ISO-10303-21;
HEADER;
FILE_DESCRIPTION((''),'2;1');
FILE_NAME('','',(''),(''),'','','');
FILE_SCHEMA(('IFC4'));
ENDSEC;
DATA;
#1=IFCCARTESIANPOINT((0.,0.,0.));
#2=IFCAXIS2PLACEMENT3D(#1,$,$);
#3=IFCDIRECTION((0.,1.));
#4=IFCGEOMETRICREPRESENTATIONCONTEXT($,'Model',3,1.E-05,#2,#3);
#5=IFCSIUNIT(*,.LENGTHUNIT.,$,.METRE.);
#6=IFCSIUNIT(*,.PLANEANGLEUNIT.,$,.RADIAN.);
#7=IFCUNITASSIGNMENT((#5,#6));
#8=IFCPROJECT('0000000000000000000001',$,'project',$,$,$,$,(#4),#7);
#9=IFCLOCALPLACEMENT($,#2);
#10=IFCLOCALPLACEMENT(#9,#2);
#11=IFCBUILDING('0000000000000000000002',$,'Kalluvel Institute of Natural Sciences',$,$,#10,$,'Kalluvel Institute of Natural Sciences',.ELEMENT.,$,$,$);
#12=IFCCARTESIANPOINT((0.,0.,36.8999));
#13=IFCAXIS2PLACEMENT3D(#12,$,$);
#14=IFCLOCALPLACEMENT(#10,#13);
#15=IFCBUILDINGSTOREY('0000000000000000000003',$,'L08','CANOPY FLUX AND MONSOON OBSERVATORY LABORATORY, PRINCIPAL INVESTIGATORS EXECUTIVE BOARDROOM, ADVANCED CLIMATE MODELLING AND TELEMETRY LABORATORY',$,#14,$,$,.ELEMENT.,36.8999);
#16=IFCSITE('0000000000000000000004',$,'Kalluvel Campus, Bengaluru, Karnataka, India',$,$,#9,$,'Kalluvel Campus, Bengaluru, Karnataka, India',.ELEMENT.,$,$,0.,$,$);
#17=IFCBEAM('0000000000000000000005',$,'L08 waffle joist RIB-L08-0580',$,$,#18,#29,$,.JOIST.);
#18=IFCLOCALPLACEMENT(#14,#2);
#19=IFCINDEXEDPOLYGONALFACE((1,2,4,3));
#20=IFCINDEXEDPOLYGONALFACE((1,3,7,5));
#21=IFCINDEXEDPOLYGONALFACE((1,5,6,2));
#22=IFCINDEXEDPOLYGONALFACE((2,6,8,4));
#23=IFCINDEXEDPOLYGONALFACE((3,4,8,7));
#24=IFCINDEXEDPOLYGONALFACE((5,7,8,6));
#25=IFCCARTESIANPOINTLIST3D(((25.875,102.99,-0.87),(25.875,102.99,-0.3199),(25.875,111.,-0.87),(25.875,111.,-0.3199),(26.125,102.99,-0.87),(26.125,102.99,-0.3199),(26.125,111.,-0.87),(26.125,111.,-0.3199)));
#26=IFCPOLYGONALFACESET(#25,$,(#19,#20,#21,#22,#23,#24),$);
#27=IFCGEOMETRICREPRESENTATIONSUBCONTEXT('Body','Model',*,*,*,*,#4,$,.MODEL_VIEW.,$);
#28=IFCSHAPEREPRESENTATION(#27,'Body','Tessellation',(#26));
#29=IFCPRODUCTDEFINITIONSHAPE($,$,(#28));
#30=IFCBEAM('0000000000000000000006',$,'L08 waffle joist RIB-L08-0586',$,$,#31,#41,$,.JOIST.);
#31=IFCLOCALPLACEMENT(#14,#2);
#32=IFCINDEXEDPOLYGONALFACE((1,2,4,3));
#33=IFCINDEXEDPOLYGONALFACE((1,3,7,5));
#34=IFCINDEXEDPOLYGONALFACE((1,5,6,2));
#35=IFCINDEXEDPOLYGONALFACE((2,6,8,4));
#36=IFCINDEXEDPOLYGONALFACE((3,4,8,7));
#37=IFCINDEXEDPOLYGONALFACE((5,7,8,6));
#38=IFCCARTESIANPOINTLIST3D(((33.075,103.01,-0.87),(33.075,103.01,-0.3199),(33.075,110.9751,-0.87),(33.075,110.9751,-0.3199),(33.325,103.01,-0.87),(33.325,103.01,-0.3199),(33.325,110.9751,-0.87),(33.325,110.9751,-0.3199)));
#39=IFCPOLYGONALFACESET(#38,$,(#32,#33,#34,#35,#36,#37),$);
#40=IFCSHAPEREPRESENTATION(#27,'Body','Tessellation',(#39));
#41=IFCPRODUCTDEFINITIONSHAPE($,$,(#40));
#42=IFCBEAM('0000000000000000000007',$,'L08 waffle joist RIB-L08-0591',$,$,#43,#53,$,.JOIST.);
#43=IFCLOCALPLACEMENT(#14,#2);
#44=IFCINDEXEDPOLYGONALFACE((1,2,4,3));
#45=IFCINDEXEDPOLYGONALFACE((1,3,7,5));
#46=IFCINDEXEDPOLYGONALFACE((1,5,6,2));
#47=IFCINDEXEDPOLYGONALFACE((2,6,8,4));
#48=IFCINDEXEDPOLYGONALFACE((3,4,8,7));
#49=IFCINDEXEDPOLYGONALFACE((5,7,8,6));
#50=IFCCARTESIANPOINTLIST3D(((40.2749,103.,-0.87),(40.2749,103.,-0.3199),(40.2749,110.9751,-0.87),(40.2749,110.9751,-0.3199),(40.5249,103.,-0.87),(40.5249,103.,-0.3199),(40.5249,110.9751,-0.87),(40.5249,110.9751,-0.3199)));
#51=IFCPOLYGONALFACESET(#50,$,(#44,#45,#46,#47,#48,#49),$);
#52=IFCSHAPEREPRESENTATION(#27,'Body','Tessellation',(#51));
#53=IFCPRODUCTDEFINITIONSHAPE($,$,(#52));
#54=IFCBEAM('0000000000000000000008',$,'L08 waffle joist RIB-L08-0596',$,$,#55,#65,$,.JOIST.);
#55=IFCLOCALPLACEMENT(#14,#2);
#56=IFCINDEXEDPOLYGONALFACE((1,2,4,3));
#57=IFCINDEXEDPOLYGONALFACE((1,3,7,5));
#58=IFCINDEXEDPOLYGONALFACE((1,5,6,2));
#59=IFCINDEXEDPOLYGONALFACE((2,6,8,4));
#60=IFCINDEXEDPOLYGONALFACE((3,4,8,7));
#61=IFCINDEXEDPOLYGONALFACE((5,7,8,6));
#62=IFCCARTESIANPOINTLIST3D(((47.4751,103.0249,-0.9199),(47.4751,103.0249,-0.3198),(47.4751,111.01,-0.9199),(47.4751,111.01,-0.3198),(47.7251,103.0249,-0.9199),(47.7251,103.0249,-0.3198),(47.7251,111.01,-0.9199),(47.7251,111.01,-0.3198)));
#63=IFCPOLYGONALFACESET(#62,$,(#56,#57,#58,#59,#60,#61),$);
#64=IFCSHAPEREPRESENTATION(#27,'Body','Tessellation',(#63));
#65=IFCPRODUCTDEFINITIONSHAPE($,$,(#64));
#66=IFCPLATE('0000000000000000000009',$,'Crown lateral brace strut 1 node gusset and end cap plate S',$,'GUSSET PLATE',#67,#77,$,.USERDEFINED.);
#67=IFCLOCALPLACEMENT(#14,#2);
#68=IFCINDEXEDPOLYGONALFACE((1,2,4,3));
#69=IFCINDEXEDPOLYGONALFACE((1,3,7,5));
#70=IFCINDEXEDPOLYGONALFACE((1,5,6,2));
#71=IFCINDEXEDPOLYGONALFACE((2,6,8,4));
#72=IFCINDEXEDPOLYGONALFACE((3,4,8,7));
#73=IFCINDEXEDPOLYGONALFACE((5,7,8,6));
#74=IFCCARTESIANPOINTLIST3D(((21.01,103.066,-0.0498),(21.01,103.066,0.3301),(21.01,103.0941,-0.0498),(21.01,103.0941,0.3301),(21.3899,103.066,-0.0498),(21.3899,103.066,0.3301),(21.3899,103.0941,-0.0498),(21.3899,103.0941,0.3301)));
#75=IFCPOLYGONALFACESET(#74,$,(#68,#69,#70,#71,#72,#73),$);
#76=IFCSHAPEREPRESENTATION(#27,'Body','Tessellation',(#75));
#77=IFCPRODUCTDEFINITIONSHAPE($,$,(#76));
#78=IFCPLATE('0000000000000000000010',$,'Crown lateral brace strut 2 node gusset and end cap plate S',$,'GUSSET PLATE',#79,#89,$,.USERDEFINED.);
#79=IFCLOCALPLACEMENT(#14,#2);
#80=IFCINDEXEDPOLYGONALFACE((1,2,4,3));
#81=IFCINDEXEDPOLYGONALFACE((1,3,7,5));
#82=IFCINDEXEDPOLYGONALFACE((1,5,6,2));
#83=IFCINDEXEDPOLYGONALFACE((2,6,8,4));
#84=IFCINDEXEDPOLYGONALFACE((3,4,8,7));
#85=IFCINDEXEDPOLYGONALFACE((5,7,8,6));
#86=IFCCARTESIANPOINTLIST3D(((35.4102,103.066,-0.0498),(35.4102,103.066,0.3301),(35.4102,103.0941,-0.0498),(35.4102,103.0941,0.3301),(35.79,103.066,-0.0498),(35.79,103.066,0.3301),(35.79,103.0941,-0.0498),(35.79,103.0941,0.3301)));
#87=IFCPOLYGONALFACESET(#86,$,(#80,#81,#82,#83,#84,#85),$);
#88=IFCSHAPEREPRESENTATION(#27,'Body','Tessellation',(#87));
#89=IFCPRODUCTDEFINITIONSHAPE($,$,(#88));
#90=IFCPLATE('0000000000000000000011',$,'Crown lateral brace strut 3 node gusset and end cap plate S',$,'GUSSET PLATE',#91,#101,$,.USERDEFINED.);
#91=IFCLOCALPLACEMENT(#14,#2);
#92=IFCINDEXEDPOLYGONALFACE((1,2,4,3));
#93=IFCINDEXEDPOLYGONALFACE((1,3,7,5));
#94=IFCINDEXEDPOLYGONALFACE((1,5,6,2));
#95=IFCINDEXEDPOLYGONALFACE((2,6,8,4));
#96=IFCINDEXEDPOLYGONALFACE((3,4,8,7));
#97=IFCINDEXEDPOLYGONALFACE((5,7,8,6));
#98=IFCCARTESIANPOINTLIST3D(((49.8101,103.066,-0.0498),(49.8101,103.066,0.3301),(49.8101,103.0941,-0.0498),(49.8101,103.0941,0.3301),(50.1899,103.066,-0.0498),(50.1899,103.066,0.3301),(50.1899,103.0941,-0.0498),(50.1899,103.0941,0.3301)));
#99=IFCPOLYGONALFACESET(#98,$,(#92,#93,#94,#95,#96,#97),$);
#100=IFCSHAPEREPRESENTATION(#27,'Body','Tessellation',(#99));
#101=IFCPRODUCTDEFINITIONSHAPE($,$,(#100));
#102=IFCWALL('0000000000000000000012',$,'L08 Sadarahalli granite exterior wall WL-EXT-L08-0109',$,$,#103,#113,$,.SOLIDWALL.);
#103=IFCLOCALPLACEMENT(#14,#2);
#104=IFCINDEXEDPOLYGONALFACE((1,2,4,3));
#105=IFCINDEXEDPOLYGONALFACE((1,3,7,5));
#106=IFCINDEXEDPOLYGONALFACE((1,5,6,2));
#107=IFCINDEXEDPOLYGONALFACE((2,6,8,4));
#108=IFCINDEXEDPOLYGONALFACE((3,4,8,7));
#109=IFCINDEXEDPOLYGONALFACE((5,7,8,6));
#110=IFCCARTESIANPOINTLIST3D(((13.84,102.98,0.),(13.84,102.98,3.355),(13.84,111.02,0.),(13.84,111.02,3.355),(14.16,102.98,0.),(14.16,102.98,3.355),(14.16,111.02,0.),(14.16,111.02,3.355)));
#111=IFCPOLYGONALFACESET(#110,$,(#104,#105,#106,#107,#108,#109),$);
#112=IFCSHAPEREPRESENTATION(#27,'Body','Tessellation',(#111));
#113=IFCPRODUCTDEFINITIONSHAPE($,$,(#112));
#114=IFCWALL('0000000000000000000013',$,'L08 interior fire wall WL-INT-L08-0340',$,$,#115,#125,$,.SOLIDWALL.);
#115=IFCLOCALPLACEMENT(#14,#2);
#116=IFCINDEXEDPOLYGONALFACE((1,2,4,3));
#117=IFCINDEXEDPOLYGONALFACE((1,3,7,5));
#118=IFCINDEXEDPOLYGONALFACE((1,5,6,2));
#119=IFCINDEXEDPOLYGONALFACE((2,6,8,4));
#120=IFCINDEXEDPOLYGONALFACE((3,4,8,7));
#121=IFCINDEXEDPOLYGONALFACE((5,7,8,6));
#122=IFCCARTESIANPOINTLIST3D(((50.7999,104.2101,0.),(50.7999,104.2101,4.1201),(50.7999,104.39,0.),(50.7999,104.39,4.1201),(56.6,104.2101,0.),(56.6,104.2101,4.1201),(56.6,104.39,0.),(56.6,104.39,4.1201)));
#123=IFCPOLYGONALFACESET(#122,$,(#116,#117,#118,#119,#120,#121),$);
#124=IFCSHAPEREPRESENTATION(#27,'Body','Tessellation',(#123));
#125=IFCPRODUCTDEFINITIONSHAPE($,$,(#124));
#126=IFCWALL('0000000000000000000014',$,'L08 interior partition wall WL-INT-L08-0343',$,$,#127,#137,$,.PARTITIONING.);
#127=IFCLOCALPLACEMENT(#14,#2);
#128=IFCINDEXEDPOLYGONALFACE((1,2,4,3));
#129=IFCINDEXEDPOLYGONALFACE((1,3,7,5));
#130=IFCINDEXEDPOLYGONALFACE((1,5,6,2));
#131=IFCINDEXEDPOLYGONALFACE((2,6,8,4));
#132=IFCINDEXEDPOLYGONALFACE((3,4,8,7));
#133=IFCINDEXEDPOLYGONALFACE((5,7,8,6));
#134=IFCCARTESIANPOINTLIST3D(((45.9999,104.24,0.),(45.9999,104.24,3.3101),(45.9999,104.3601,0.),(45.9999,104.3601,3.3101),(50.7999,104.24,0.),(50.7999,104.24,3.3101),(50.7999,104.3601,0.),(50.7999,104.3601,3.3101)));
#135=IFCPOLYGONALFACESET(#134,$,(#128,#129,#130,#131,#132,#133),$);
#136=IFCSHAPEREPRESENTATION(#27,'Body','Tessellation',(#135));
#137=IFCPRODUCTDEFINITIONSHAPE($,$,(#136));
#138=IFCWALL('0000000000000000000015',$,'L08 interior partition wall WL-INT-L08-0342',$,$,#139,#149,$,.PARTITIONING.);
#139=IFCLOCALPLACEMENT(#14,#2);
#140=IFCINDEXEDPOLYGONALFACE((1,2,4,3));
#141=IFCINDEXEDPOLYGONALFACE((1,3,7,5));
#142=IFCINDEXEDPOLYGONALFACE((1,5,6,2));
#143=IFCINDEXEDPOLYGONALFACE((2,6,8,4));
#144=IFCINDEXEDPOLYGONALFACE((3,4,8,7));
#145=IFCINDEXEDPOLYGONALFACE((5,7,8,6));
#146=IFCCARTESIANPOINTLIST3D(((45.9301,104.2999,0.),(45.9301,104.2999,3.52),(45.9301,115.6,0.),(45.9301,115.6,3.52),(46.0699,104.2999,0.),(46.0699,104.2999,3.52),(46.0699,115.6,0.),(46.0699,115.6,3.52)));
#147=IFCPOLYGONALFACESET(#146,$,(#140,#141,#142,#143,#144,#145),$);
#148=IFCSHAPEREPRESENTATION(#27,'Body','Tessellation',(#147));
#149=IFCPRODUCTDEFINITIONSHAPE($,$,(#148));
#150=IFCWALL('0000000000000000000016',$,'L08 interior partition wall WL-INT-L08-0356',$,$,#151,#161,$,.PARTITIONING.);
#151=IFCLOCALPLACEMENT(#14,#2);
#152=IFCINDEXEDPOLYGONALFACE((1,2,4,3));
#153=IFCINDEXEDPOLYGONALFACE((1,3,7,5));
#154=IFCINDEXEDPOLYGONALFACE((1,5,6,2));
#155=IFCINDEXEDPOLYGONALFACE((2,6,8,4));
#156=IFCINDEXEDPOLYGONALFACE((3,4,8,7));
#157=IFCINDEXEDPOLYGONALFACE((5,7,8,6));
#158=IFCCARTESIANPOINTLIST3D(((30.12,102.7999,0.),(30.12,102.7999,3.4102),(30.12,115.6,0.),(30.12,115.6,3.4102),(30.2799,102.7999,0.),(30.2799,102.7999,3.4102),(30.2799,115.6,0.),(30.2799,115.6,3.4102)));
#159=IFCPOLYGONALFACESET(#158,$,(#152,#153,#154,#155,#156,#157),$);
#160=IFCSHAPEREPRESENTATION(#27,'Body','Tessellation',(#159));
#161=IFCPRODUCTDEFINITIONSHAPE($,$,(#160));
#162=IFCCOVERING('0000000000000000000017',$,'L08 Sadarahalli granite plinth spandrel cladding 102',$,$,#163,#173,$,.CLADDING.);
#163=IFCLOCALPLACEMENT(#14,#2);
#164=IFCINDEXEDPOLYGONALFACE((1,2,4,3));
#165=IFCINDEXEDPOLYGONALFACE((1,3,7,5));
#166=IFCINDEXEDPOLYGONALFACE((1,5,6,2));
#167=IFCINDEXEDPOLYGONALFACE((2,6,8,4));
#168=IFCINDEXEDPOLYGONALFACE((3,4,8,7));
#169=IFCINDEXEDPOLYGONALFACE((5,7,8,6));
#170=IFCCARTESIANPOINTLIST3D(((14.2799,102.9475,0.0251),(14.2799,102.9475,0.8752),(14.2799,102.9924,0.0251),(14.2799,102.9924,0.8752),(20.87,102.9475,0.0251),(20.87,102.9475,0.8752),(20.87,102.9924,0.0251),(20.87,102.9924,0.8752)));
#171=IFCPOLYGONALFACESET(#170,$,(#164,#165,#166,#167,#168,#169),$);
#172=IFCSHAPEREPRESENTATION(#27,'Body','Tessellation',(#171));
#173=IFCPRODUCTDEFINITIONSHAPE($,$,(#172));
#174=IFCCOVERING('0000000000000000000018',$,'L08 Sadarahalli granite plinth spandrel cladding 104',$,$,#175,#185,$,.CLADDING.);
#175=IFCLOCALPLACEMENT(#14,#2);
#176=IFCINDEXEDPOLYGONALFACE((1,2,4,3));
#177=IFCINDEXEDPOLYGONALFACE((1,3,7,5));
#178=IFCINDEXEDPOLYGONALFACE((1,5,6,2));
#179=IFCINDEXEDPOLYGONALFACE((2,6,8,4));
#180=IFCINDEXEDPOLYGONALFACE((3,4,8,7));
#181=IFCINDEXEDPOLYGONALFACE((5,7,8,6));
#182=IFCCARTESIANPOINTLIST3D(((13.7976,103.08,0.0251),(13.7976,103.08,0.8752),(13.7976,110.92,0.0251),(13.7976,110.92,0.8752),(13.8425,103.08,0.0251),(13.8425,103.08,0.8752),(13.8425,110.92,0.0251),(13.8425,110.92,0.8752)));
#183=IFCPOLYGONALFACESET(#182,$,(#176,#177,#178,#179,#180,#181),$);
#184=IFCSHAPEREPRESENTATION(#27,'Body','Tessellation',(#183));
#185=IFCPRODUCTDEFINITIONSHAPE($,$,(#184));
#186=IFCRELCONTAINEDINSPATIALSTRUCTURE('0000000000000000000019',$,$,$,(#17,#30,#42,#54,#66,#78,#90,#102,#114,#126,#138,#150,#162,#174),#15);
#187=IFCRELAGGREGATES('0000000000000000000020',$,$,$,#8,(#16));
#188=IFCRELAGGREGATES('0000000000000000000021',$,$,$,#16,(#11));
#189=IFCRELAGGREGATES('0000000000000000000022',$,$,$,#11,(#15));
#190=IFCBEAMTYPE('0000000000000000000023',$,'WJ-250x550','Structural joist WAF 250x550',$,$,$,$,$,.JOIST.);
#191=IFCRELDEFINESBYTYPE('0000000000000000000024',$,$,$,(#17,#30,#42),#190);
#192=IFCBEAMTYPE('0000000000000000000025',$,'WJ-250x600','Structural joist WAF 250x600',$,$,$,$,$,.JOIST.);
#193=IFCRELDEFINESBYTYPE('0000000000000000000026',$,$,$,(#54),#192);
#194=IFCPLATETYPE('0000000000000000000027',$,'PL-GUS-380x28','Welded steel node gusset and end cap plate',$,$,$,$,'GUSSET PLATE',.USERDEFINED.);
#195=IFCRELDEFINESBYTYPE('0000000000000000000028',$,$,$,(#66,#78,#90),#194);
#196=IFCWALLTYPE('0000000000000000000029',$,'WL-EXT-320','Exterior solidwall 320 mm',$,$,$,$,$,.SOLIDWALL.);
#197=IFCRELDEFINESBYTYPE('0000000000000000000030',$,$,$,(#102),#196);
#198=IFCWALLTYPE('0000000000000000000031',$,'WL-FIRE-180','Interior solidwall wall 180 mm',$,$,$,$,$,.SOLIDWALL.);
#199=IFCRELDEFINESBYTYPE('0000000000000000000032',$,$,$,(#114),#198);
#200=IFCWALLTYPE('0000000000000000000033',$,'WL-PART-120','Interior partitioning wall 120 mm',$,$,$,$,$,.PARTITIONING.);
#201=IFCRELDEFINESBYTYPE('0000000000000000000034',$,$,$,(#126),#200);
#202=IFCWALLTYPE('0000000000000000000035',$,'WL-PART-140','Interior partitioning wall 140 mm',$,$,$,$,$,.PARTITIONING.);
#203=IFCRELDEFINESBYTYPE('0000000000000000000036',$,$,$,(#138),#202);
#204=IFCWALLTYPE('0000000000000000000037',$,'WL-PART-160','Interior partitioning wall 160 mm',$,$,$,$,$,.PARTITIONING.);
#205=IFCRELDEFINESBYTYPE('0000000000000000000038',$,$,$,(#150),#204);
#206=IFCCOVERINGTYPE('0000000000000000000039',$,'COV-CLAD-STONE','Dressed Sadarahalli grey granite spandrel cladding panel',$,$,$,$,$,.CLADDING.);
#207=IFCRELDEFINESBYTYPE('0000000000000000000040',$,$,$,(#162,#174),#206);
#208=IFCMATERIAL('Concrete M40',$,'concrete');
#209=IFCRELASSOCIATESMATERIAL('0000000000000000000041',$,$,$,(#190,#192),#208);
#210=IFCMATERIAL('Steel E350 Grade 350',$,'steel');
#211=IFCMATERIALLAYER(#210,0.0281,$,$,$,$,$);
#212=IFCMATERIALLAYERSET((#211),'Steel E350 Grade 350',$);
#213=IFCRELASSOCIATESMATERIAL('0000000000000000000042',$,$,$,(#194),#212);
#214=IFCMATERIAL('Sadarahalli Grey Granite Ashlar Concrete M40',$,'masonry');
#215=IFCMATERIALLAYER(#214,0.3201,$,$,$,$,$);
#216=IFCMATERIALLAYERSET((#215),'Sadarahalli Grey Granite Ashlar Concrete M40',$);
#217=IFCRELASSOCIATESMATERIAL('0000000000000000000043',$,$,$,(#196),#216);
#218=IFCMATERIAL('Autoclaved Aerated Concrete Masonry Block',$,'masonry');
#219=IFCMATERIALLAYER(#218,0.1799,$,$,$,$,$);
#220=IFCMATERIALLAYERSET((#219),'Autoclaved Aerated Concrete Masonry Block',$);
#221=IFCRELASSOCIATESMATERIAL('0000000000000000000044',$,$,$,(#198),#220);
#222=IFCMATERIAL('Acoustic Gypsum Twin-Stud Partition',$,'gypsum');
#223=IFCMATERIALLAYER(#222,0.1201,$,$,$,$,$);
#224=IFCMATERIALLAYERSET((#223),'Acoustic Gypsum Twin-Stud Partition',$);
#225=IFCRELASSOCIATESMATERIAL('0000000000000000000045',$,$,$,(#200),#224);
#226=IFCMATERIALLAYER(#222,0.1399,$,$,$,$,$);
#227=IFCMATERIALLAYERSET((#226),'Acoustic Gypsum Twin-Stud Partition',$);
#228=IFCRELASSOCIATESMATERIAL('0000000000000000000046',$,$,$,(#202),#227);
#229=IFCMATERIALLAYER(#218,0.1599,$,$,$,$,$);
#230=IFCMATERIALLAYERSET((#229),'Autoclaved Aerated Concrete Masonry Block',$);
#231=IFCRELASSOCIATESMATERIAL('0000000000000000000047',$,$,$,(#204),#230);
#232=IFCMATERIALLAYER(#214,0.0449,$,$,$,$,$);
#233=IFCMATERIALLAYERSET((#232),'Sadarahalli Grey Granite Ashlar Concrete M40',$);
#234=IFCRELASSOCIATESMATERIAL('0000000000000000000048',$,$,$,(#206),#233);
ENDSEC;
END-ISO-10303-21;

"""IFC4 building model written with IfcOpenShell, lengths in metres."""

from ifc_helpers import new_model, si_unit, direction, frame, frame_2d, origin, origin_2d, place, context, subcontext, project, spatial, rectangle, extrude, material, layer, layer_set, material_profile, profile_set, type_object, element, save


model = new_model("IFC4")

# Units and contexts
model_context = context("Model", 3, precision=1e-05, world=origin(), true_north=direction((0.0, 1.0)))
body_context = subcontext(model_context, "Body", "Model", "MODEL_VIEW")
ifc_project = project(units=[si_unit("LENGTHUNIT", "METRE"), si_unit("PLANEANGLEUNIT", "RADIAN")], contexts=[model_context])

# Site, building, storey
site_placement = place(None, origin())
site = spatial("IfcSite", under=ifc_project, at=site_placement, Name="Kalluvel Campus, Bengaluru, Karnataka, India", LongName="Kalluvel Campus, Bengaluru, Karnataka, India", CompositionType="ELEMENT", RefElevation=0.0)
building_placement = place(site_placement, origin())
building = spatial("IfcBuilding", under=site, at=building_placement, Name="Kalluvel Institute of Natural Sciences", LongName="Kalluvel Institute of Natural Sciences", CompositionType="ELEMENT")
storey_placement = place(building_placement, frame((0.0, 0.0, 36.8999)))
storey = spatial("IfcBuildingStorey", under=building, at=storey_placement, Name="L08", Description="CANOPY FLUX AND MONSOON OBSERVATORY LABORATORY, PRINCIPAL INVESTIGATORS EXECUTIVE BOARDROOM, ADVANCED CLIMATE MODELLING AND TELEMETRY LABORATORY", CompositionType="ELEMENT", Elevation=36.8999)

# Beams
ifc_material_1 = material(Name="Steel E350 Grade 350", Category="steel")
ifc_material_2 = material(Name="Concrete M40", Category="concrete")
ifc_material_profile_1 = material_profile(ifc_material_2, rectangle(XDim=0.25, YDim=0.55, at=origin_2d()), Name="WAF 250x550")
ifc_profile_set_1 = profile_set([ifc_material_profile_1], Name="Concrete M40")
beam_type_1 = type_object("IfcBeamType", Name="WJ-250x550", Description="Structural joist WAF 250x550", PredefinedType="JOIST", material=ifc_profile_set_1)
beam_1_placement = place(storey_placement, frame((26.0, 102.99, -0.595), z_axis=(0.0, 1.0, 0.0), x_axis=(-1.0, 0.0, 0.0)))
element("IfcBeam", 1, at=beam_1_placement, inside=storey, type_object=beam_type_1, Name="L08 waffle joist RIB-L08-0580", PredefinedType="JOIST", context=body_context, shape_type="SweptSolid", body=[
    extrude(rectangle(XDim=0.25, YDim=0.55, at=origin_2d()), origin(), (0.0, 0.0, 1.0), 8.01),
])
beam_2_placement = place(storey_placement, frame((33.2, 103.01, -0.595), z_axis=(0.0, 1.0, 0.0), x_axis=(-1.0, 0.0, 0.0)))
element("IfcBeam", 2, at=beam_2_placement, inside=storey, type_object=beam_type_1, Name="L08 waffle joist RIB-L08-0586", PredefinedType="JOIST", context=body_context, shape_type="SweptSolid", body=[
    extrude(rectangle(XDim=0.25, YDim=0.55, at=origin_2d()), origin(), (0.0, 0.0, 1.0), 7.9651),
])
beam_3_placement = place(storey_placement, frame((40.3999, 103.0, -0.595), z_axis=(0.0, 1.0, 0.0), x_axis=(-1.0, 0.0, 0.0)))
element("IfcBeam", 3, at=beam_3_placement, inside=storey, type_object=beam_type_1, Name="L08 waffle joist RIB-L08-0591", PredefinedType="JOIST", context=body_context, shape_type="SweptSolid", body=[
    extrude(rectangle(XDim=0.25, YDim=0.55, at=origin_2d()), origin(), (0.0, 0.0, 1.0), 7.9751),
])
ifc_material_profile_2 = material_profile(ifc_material_2, rectangle(XDim=0.25, YDim=0.6001, at=origin_2d()), Name="WAF 250x600")
ifc_profile_set_2 = profile_set([ifc_material_profile_2], Name="Concrete M40")
beam_type_2 = type_object("IfcBeamType", Name="WJ-250x600", Description="Structural joist WAF 250x600", PredefinedType="JOIST", material=ifc_profile_set_2)
beam_4_placement = place(storey_placement, frame((47.6001, 103.0249, -0.6199), z_axis=(0.0, 1.0, 0.0), x_axis=(-1.0, 0.0, 0.0)))
element("IfcBeam", 4, at=beam_4_placement, inside=storey, type_object=beam_type_2, Name="L08 waffle joist RIB-L08-0596", PredefinedType="JOIST", context=body_context, shape_type="SweptSolid", body=[
    extrude(rectangle(XDim=0.25, YDim=0.6001, at=origin_2d()), origin(), (0.0, 0.0, 1.0), 7.9851),
])

# Plates
ifc_layer_1 = layer(ifc_material_1, 0.0281)
ifc_layer_set_1 = layer_set([ifc_layer_1], Name="Steel E350 Grade 350")
plate_type = type_object("IfcPlateType", Name="PL-GUS-380x28", Description="Welded steel node gusset and end cap plate", ElementType="GUSSET PLATE", PredefinedType="USERDEFINED", material=ifc_layer_set_1)
for number, where, z_axis, x_axis, name in (
    (5, (21.2, 103.0801, -0.0498), (0.0, 0.0, 1.0), (1.0, 0.0, 0.0), "Crown lateral brace strut 1 node gusset and end cap plate S"),
    (6, (35.6001, 103.0801, -0.0498), (0.0, 0.0, 1.0), (1.0, 0.0, 0.0), "Crown lateral brace strut 2 node gusset and end cap plate S"),
    (7, (50.0, 103.0801, -0.0498), (0.0, 0.0, 1.0), (1.0, 0.0, 0.0), "Crown lateral brace strut 3 node gusset and end cap plate S"),
):
    element("IfcPlate", number, at=place(storey_placement, frame(where, z_axis=z_axis, x_axis=x_axis)), inside=storey, type_object=plate_type, Name=name, ObjectType="GUSSET PLATE", PredefinedType="USERDEFINED", context=body_context, shape_type="SweptSolid", body=[
        extrude(rectangle(XDim=0.3799, YDim=0.0281, at=origin_2d()), origin(), (0.0, 0.0, 1.0), 0.3799),
    ])

# Walls
ifc_material_3 = material(Name="Sadarahalli Grey Granite Ashlar Concrete M40", Category="masonry")
ifc_layer_2 = layer(ifc_material_3, 0.3201)
ifc_layer_set_2 = layer_set([ifc_layer_2], Name="Sadarahalli Grey Granite Ashlar Concrete M40")
wall_type_1 = type_object("IfcWallType", Name="WL-EXT-320", Description="Exterior solidwall 320 mm", PredefinedType="SOLIDWALL", material=ifc_layer_set_2)
wall_1_placement = place(storey_placement, frame((14.0, 102.98, 0.0), z_axis=(0.0, 0.0, 1.0), x_axis=(0.0, 1.0, 0.0)))
element("IfcWall", 8, at=wall_1_placement, inside=storey, type_object=wall_type_1, Name="L08 Sadarahalli granite exterior wall WL-EXT-L08-0109", PredefinedType="SOLIDWALL", context=body_context, shape_type="SweptSolid", body=[
    extrude(rectangle(XDim=8.04, YDim=0.3201, at=frame_2d((4.02, 0.0))), origin(), (0.0, 0.0, 1.0), 3.355),
])
ifc_material_4 = material(Name="Autoclaved Aerated Concrete Masonry Block", Category="masonry")
ifc_layer_3 = layer(ifc_material_4, 0.1799)
ifc_layer_set_3 = layer_set([ifc_layer_3], Name="Autoclaved Aerated Concrete Masonry Block")
wall_type_2 = type_object("IfcWallType", Name="WL-FIRE-180", Description="Interior solidwall wall 180 mm", PredefinedType="SOLIDWALL", material=ifc_layer_set_3)
wall_2_placement = place(storey_placement, frame((50.8, 104.3, 0.0), z_axis=(0.0, 0.0, 1.0), x_axis=(1.0, 0.0, 0.0)))
element("IfcWall", 9, at=wall_2_placement, inside=storey, type_object=wall_type_2, Name="L08 interior fire wall WL-INT-L08-0340", PredefinedType="SOLIDWALL", context=body_context, shape_type="SweptSolid", body=[
    extrude(rectangle(XDim=5.8, YDim=0.1799, at=frame_2d((2.8999, 0.0))), origin(), (0.0, 0.0, 1.0), 4.1201),
])
ifc_material_5 = material(Name="Acoustic Gypsum Twin-Stud Partition", Category="gypsum")
ifc_layer_4 = layer(ifc_material_5, 0.1201)
ifc_layer_set_4 = layer_set([ifc_layer_4], Name="Acoustic Gypsum Twin-Stud Partition")
wall_type_3 = type_object("IfcWallType", Name="WL-PART-120", Description="Interior partitioning wall 120 mm", PredefinedType="PARTITIONING", material=ifc_layer_set_4)
wall_3_placement = place(storey_placement, frame((46.0, 104.3, 0.0), z_axis=(0.0, 0.0, 1.0), x_axis=(1.0, 0.0, 0.0)))
element("IfcWall", 10, at=wall_3_placement, inside=storey, type_object=wall_type_3, Name="L08 interior partition wall WL-INT-L08-0343", PredefinedType="PARTITIONING", context=body_context, shape_type="SweptSolid", body=[
    extrude(rectangle(XDim=4.8, YDim=0.1201, at=frame_2d((2.3999, 0.0))), origin(), (0.0, 0.0, 1.0), 3.3101),
])
ifc_layer_5 = layer(ifc_material_5, 0.1399)
ifc_layer_set_5 = layer_set([ifc_layer_5], Name="Acoustic Gypsum Twin-Stud Partition")
wall_type_4 = type_object("IfcWallType", Name="WL-PART-140", Description="Interior partitioning wall 140 mm", PredefinedType="PARTITIONING", material=ifc_layer_set_5)
wall_4_placement = place(storey_placement, frame((46.0, 104.3, 0.0), z_axis=(0.0, 0.0, 1.0), x_axis=(0.0, 1.0, 0.0)))
element("IfcWall", 11, at=wall_4_placement, inside=storey, type_object=wall_type_4, Name="L08 interior partition wall WL-INT-L08-0342", PredefinedType="PARTITIONING", context=body_context, shape_type="SweptSolid", body=[
    extrude(rectangle(XDim=11.3, YDim=0.1399, at=frame_2d((5.6499, 0.0))), origin(), (0.0, 0.0, 1.0), 3.52),
])
ifc_layer_6 = layer(ifc_material_4, 0.1599)
ifc_layer_set_6 = layer_set([ifc_layer_6], Name="Autoclaved Aerated Concrete Masonry Block")
wall_type_5 = type_object("IfcWallType", Name="WL-PART-160", Description="Interior partitioning wall 160 mm", PredefinedType="PARTITIONING", material=ifc_layer_set_6)
wall_5_placement = place(storey_placement, frame((30.2, 102.8, 0.0), z_axis=(0.0, 0.0, 1.0), x_axis=(0.0, 1.0, 0.0)))
element("IfcWall", 12, at=wall_5_placement, inside=storey, type_object=wall_type_5, Name="L08 interior partition wall WL-INT-L08-0356", PredefinedType="PARTITIONING", context=body_context, shape_type="SweptSolid", body=[
    extrude(rectangle(XDim=12.8, YDim=0.1599, at=frame_2d((6.3999, 0.0))), origin(), (0.0, 0.0, 1.0), 3.4102),
])

# Coverings
ifc_layer_7 = layer(ifc_material_3, 0.0449)
ifc_layer_set_7 = layer_set([ifc_layer_7], Name="Sadarahalli Grey Granite Ashlar Concrete M40")
covering_type = type_object("IfcCoveringType", Name="COV-CLAD-STONE", Description="Dressed Sadarahalli grey granite spandrel cladding panel", PredefinedType="CLADDING", material=ifc_layer_set_7)
covering_1_placement = place(storey_placement, frame((17.575, 102.97, 0.0251), z_axis=(0.0, 0.0, 1.0), x_axis=(1.0, 0.0, 0.0)))
element("IfcCovering", 13, at=covering_1_placement, inside=storey, type_object=covering_type, Name="L08 Sadarahalli granite plinth spandrel cladding 102", PredefinedType="CLADDING", context=body_context, shape_type="SweptSolid", body=[
    extrude(rectangle(XDim=6.5901, YDim=0.0449, at=origin_2d()), origin(), (0.0, 0.0, 1.0), 0.8501),
])
covering_2_placement = place(storey_placement, frame((13.8201, 107.0, 0.0251), z_axis=(0.0, 0.0, 1.0), x_axis=(0.0, 1.0, 0.0)))
element("IfcCovering", 14, at=covering_2_placement, inside=storey, type_object=covering_type, Name="L08 Sadarahalli granite plinth spandrel cladding 104", PredefinedType="CLADDING", context=body_context, shape_type="SweptSolid", body=[
    extrude(rectangle(XDim=7.8401, YDim=0.0449, at=origin_2d()), origin(), (0.0, 0.0, 1.0), 0.8501),
])

save(model, "model.ifc")
